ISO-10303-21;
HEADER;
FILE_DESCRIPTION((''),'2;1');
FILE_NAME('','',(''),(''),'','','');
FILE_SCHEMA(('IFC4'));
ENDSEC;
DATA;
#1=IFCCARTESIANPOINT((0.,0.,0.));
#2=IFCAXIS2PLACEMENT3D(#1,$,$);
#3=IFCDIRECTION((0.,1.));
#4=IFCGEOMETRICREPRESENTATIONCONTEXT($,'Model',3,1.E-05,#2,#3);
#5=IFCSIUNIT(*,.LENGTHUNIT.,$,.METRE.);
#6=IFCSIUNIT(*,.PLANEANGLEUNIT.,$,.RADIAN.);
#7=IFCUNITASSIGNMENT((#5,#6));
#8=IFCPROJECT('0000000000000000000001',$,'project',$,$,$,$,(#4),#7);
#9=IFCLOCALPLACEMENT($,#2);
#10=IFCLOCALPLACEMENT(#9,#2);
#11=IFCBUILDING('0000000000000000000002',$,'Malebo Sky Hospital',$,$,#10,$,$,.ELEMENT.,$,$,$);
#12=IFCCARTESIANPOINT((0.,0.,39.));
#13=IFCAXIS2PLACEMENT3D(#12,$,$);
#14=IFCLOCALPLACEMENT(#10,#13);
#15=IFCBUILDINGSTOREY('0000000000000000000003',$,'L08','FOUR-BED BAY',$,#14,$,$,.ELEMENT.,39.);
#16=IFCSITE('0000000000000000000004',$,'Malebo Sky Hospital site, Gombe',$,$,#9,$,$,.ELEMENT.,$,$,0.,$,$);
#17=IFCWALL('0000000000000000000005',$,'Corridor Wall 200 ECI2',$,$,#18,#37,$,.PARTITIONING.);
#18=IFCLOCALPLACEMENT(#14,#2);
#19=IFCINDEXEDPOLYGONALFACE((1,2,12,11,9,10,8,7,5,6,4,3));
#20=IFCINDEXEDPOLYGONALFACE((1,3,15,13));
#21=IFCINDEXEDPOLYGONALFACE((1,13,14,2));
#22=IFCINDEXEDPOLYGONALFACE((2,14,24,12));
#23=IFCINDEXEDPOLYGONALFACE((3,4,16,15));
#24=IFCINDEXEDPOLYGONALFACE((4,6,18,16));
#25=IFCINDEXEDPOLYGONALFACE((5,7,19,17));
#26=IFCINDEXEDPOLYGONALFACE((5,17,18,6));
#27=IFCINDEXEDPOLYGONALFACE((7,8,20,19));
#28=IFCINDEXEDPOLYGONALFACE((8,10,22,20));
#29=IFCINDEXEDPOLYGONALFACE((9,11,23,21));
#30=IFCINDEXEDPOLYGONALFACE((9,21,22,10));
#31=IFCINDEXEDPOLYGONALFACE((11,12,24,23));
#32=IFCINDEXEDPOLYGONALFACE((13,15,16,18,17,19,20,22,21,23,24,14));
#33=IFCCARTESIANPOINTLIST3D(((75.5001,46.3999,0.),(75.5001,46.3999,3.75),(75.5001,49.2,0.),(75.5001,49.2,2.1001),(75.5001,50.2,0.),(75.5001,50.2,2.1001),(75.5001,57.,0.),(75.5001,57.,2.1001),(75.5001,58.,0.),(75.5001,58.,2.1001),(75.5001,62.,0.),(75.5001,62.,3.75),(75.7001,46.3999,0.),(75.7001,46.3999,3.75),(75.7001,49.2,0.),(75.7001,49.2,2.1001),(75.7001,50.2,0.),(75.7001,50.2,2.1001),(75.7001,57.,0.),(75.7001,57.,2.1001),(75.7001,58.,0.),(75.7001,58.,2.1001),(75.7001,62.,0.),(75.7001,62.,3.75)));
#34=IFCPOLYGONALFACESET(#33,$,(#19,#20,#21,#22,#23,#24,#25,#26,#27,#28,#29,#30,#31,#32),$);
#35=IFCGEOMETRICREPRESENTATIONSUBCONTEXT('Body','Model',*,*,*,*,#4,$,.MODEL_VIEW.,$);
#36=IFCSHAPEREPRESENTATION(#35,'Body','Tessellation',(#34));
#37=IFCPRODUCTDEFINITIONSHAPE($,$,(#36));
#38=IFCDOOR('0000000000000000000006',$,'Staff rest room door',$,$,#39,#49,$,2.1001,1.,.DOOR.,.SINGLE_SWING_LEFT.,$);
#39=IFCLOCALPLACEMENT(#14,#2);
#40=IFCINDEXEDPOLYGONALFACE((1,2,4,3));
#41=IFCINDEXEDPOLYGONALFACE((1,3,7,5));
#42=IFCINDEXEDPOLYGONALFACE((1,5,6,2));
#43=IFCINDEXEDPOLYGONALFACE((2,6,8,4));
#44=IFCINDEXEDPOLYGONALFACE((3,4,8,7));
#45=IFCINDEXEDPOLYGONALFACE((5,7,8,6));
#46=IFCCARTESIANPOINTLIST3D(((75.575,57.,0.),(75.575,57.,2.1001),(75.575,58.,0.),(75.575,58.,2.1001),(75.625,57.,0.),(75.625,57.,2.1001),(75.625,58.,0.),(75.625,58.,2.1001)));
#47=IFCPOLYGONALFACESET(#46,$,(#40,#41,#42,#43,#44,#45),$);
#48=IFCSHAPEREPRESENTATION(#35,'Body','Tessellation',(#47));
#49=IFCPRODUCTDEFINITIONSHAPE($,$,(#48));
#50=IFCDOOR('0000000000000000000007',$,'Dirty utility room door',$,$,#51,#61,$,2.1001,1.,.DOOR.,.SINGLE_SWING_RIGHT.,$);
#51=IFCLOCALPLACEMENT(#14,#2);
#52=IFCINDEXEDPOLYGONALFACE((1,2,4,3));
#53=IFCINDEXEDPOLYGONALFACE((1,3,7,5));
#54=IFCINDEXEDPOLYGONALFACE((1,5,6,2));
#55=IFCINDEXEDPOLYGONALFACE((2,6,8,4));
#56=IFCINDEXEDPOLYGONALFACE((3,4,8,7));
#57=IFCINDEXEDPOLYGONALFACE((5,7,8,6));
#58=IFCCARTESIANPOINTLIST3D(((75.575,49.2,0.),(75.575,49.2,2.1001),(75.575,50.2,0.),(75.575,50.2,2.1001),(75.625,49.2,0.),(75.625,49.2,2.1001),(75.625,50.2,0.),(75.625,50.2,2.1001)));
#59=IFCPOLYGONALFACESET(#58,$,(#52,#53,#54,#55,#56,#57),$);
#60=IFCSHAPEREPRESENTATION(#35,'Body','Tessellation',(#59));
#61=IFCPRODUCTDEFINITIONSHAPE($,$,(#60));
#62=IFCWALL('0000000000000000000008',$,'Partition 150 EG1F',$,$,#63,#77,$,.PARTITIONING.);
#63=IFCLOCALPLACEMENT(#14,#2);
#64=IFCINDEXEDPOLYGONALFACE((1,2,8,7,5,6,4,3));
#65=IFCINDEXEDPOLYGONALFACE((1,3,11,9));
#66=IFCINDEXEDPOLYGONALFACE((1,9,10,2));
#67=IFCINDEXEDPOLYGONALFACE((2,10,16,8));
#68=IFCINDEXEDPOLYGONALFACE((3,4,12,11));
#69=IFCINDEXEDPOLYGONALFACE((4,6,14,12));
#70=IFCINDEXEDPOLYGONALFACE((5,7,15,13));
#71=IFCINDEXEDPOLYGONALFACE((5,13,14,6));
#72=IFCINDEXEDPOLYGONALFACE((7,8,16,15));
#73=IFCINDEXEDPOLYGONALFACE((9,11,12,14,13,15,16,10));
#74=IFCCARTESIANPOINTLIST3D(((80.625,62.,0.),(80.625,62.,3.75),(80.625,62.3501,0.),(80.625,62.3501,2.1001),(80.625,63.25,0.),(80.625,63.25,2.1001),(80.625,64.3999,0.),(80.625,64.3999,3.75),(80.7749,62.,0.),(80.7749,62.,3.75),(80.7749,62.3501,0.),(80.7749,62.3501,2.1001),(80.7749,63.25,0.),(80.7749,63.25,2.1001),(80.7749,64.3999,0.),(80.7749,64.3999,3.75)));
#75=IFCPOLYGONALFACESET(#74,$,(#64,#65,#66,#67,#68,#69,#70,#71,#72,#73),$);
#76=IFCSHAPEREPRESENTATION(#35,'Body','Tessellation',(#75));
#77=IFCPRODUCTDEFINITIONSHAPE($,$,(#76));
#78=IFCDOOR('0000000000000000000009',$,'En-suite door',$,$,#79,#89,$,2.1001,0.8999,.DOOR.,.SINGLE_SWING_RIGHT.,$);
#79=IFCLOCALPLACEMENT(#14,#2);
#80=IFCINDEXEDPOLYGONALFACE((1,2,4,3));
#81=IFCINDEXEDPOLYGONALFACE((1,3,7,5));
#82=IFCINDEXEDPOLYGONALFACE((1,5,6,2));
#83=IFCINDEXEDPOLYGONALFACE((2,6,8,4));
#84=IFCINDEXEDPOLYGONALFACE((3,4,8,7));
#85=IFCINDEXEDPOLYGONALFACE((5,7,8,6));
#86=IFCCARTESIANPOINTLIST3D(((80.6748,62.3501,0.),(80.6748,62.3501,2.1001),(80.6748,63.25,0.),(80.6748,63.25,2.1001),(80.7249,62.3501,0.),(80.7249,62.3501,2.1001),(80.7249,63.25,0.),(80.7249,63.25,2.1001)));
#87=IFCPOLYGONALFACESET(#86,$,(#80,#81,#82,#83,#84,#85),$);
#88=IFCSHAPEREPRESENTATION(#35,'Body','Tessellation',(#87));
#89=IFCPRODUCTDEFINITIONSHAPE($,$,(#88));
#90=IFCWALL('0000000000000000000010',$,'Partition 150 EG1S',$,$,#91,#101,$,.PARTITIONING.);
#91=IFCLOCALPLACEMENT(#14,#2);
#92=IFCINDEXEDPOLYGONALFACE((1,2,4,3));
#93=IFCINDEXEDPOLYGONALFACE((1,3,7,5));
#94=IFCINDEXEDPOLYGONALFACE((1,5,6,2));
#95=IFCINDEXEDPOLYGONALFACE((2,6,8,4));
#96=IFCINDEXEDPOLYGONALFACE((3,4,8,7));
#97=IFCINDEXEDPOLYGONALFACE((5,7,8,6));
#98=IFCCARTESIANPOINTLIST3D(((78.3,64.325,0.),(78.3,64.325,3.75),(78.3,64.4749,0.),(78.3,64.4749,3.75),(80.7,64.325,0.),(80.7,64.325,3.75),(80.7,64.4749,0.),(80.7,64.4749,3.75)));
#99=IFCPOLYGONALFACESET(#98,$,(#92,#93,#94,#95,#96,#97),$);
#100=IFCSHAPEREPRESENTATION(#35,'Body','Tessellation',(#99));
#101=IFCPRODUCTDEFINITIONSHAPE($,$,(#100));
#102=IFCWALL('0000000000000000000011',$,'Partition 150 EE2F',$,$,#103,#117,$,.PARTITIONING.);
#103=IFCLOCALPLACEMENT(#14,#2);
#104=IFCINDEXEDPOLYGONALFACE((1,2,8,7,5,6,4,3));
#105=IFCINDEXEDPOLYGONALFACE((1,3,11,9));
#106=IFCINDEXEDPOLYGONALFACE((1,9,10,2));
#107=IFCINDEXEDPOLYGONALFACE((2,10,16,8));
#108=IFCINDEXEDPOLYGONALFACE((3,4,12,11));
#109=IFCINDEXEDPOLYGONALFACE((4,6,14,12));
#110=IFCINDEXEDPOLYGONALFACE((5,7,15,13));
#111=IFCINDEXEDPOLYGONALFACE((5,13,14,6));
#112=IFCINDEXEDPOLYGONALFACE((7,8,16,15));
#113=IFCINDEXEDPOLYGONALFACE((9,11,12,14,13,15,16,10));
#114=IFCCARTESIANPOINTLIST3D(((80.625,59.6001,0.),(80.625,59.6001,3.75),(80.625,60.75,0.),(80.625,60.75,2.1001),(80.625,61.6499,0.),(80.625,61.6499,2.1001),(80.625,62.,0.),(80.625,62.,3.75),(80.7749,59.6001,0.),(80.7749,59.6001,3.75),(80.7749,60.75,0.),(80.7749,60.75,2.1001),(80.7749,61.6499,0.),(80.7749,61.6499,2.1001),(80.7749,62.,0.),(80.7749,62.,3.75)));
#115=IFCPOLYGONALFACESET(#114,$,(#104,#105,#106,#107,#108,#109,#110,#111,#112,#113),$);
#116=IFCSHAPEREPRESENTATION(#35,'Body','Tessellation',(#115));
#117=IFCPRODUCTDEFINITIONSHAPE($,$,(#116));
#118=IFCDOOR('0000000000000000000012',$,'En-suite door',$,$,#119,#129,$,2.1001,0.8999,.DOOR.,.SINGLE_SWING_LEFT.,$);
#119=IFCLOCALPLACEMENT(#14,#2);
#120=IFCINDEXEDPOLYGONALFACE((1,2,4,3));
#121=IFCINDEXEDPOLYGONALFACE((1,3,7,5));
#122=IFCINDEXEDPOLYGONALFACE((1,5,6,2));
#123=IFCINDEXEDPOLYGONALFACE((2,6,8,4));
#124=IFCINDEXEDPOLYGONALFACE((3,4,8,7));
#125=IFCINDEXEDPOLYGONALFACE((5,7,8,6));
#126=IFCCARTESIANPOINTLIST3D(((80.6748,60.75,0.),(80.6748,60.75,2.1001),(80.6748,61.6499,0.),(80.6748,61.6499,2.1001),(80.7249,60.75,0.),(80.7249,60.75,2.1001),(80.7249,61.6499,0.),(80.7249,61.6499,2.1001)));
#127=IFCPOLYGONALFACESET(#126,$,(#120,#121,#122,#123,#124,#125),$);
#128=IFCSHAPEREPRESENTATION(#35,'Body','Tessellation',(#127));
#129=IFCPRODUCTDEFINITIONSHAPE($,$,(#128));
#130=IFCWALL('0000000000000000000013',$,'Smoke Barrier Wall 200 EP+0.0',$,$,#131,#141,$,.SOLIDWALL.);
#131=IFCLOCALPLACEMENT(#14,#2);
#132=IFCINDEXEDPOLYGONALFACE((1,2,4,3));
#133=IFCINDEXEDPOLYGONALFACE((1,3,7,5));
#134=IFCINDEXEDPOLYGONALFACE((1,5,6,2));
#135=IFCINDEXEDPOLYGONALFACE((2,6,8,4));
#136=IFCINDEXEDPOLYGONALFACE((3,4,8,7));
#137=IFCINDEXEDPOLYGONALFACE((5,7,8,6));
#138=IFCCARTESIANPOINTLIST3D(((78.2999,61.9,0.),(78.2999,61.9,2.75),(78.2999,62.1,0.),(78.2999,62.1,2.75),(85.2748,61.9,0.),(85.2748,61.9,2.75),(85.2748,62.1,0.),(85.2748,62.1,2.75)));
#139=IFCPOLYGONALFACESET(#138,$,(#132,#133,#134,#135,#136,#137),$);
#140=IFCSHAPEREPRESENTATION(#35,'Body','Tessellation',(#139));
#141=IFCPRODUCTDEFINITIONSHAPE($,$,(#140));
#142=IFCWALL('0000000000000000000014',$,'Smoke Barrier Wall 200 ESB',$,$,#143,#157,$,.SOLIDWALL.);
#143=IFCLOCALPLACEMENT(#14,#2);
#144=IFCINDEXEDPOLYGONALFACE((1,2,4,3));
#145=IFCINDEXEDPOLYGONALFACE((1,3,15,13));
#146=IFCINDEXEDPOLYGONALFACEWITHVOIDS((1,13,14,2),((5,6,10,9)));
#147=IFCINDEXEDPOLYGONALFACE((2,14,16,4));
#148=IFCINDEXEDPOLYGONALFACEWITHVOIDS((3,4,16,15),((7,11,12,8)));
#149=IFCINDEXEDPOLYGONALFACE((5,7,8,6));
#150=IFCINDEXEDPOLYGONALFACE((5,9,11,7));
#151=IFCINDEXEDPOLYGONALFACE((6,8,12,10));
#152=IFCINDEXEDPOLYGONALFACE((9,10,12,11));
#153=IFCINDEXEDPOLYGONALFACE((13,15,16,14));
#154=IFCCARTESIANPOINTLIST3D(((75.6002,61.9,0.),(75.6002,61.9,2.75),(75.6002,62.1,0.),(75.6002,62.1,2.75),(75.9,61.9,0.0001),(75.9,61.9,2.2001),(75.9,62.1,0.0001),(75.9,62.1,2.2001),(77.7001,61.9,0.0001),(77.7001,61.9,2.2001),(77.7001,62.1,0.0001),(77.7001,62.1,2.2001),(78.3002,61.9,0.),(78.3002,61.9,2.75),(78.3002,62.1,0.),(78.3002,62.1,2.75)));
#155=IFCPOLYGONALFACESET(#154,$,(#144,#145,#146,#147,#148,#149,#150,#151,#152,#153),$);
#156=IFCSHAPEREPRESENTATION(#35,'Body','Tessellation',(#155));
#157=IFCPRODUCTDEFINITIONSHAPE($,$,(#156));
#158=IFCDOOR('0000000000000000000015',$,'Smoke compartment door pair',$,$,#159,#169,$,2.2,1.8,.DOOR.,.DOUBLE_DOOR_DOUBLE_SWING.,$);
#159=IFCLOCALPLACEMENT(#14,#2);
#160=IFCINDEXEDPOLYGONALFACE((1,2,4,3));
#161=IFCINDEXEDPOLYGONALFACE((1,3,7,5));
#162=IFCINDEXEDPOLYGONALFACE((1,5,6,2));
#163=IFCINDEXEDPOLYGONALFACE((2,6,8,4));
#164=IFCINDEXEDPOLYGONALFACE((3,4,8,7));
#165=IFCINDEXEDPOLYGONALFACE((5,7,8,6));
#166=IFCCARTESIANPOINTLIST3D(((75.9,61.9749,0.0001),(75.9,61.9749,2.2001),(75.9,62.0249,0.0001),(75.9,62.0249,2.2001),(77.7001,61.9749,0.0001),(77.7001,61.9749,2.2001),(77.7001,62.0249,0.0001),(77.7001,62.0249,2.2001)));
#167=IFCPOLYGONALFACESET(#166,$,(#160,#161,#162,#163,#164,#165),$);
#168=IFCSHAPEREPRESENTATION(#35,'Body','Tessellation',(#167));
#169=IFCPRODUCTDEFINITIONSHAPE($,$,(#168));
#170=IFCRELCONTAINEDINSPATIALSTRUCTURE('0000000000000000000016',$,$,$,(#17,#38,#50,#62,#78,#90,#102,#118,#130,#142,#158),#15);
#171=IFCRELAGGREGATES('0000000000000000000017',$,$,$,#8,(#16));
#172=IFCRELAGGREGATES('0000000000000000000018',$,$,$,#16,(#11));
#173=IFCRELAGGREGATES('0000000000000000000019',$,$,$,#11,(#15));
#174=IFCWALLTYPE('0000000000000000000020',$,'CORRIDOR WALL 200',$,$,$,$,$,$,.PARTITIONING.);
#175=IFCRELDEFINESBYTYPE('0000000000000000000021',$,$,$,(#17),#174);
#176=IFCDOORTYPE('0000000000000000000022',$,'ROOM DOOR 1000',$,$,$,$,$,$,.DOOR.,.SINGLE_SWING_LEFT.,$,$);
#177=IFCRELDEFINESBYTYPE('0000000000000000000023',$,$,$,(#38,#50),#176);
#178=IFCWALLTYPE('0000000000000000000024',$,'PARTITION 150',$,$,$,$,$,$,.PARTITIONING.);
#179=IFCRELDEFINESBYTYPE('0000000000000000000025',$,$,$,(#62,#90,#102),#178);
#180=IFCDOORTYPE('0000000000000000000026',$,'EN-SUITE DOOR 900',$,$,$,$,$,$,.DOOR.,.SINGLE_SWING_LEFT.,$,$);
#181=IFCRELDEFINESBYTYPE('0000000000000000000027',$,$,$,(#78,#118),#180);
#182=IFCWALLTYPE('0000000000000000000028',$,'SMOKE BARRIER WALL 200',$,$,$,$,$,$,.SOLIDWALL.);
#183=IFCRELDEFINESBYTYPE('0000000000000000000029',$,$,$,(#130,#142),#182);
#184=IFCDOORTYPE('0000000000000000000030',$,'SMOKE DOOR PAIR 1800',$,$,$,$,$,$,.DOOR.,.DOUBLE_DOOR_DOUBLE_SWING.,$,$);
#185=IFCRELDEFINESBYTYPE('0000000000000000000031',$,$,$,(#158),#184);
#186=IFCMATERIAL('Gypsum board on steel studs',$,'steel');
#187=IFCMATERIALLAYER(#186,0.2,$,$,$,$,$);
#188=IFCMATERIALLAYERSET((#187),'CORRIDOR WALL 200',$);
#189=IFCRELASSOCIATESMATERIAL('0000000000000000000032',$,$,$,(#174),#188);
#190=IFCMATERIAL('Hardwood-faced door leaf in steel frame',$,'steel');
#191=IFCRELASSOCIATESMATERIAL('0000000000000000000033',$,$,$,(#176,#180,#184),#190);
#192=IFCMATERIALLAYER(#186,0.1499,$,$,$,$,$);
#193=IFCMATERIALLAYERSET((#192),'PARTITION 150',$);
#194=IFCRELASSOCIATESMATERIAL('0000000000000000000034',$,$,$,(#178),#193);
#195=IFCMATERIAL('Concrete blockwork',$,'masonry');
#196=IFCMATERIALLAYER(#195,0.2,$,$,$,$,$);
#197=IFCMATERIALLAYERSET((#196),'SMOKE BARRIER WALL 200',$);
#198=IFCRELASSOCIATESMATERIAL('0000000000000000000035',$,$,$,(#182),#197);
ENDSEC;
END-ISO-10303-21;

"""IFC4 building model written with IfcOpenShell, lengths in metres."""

from ifc_helpers import new_model, si_unit, direction, frame, frame_2d, origin, place, context, subcontext, project, spatial, rectangle, extrude, material, layer, layer_set, type_object, element, fill, save


model = new_model("IFC4")

# Units and contexts
model_context = context("Model", 3, precision=1e-05, world=origin(), true_north=direction((0.0, 1.0)))
body_context = subcontext(model_context, "Body", "Model", "MODEL_VIEW")
ifc_project = project(units=[si_unit("LENGTHUNIT", "METRE"), si_unit("PLANEANGLEUNIT", "RADIAN")], contexts=[model_context])

# Site, building, storey
site_placement = place(None, origin())
site = spatial("IfcSite", under=ifc_project, at=site_placement, Name="Malebo Sky Hospital site, Gombe", CompositionType="ELEMENT", RefElevation=0.0)
building_placement = place(site_placement, origin())
building = spatial("IfcBuilding", under=site, at=building_placement, Name="Malebo Sky Hospital", CompositionType="ELEMENT")
storey_placement = place(building_placement, frame((0.0, 0.0, 39.0)))
storey = spatial("IfcBuildingStorey", under=building, at=storey_placement, Name="L08", Description="FOUR-BED BAY", CompositionType="ELEMENT", Elevation=39.0)

# Wall, openings, doors
ifc_material_1 = material(Name="Gypsum board on steel studs", Category="steel")
ifc_layer_1 = layer(ifc_material_1, 0.2)
ifc_layer_set_1 = layer_set([ifc_layer_1], Name="CORRIDOR WALL 200")
wall_type_1 = type_object("IfcWallType", Name="CORRIDOR WALL 200", PredefinedType="PARTITIONING", material=ifc_layer_set_1)
wall_1_placement = place(storey_placement, frame((75.6001, 62.0, 0.0), z_axis=(0.0, 0.0, 1.0), x_axis=(0.0, -1.0, 0.0)))
wall_1 = element("IfcWall", 1, at=wall_1_placement, inside=storey, type_object=wall_type_1, Name="Corridor Wall 200 ECI2", PredefinedType="PARTITIONING", context=body_context, shape_type="SweptSolid", body=[
    extrude(rectangle(XDim=15.6001, YDim=0.2, at=frame_2d((7.8, 0.0))), origin(), (0.0, 0.0, 1.0), 3.75),
])
opening_1_placement = place(wall_1_placement, frame((4.0, 0.0, 0.0)))
opening_1 = element("IfcOpeningElement", 2, at=opening_1_placement, cuts=wall_1, PredefinedType="OPENING", context=body_context, shape_type="SweptSolid", body=[
    extrude(rectangle(XDim=1.0, YDim=2.1001, at=frame_2d((0.5, 1.05))), frame((0.0, 0.1099, 0.0), z_axis=(0.0, -1.0, 0.0), x_axis=(1.0, 0.0, 0.0)), (0.0, 0.0, 1.0), 0.22),
])
opening_2_placement = place(wall_1_placement, frame((11.8, 0.0, 0.0)))
opening_2 = element("IfcOpeningElement", 3, at=opening_2_placement, cuts=wall_1, PredefinedType="OPENING", context=body_context, shape_type="SweptSolid", body=[
    extrude(rectangle(XDim=1.0, YDim=2.1001, at=frame_2d((0.5, 1.05))), frame((0.0, 0.1099, 0.0), z_axis=(0.0, -1.0, 0.0), x_axis=(1.0, 0.0, 0.0)), (0.0, 0.0, 1.0), 0.22),
])
ifc_material_2 = material(Name="Hardwood-faced door leaf in steel frame", Category="steel")
door_type_1 = type_object("IfcDoorType", Name="ROOM DOOR 1000", OperationType="SINGLE_SWING_LEFT", PredefinedType="DOOR", material=ifc_material_2)
door_1_placement = place(opening_1_placement, origin())
door_1 = element("IfcDoor", 4, at=door_1_placement, inside=storey, type_object=door_type_1, Name="Staff rest room door", OperationType="SINGLE_SWING_LEFT", OverallHeight=2.1001, OverallWidth=1.0, PredefinedType="DOOR", context=body_context, shape_type="SweptSolid", body=[
    extrude(rectangle(XDim=1.0, YDim=2.1001, at=frame_2d((0.5, 1.05))), frame((0.0, 0.0249, 0.0), z_axis=(0.0, -1.0, 0.0), x_axis=(1.0, 0.0, 0.0)), (0.0, 0.0, 1.0), 0.05),
])
fill(opening_1, door_1)
door_2_placement = place(opening_2_placement, origin())
door_2 = element("IfcDoor", 5, at=door_2_placement, inside=storey, type_object=door_type_1, Name="Dirty utility room door", OperationType="SINGLE_SWING_RIGHT", OverallHeight=2.1001, OverallWidth=1.0, PredefinedType="DOOR", context=body_context, shape_type="SweptSolid", body=[
    extrude(rectangle(XDim=1.0, YDim=2.1001, at=frame_2d((0.5, 1.05))), frame((0.0, 0.0249, 0.0), z_axis=(0.0, -1.0, 0.0), x_axis=(1.0, 0.0, 0.0)), (0.0, 0.0, 1.0), 0.05),
])
fill(opening_2, door_2)

# Wall, opening, door
ifc_layer_2 = layer(ifc_material_1, 0.1499)
ifc_layer_set_2 = layer_set([ifc_layer_2], Name="PARTITION 150")
wall_type_2 = type_object("IfcWallType", Name="PARTITION 150", PredefinedType="PARTITIONING", material=ifc_layer_set_2)
wall_2_placement = place(storey_placement, frame((80.7, 64.3999, 0.0), z_axis=(0.0, 0.0, 1.0), x_axis=(0.0, -1.0, 0.0)))
wall_2 = element("IfcWall", 6, at=wall_2_placement, inside=storey, type_object=wall_type_2, Name="Partition 150 EG1F", PredefinedType="PARTITIONING", context=body_context, shape_type="SweptSolid", body=[
    extrude(rectangle(XDim=2.3999, YDim=0.1499, at=frame_2d((1.2, 0.0))), origin(), (0.0, 0.0, 1.0), 3.75),
])
opening_3_placement = place(wall_2_placement, frame((1.1499, 0.0, 0.0)))
opening_3 = element("IfcOpeningElement", 7, at=opening_3_placement, cuts=wall_2, PredefinedType="OPENING", context=body_context, shape_type="SweptSolid", body=[
    extrude(rectangle(XDim=0.8999, YDim=2.1001, at=frame_2d((0.45, 1.05))), frame((0.0, 0.085, 0.0), z_axis=(0.0, -1.0, 0.0), x_axis=(1.0, 0.0, 0.0)), (0.0, 0.0, 1.0), 0.1699),
])
door_type_2 = type_object("IfcDoorType", Name="EN-SUITE DOOR 900", OperationType="SINGLE_SWING_LEFT", PredefinedType="DOOR", material=ifc_material_2)
door_3_placement = place(opening_3_placement, origin())
door_3 = element("IfcDoor", 8, at=door_3_placement, inside=storey, type_object=door_type_2, Name="En-suite door", OperationType="SINGLE_SWING_RIGHT", OverallHeight=2.1001, OverallWidth=0.8999, PredefinedType="DOOR", context=body_context, shape_type="SweptSolid", body=[
    extrude(rectangle(XDim=0.8999, YDim=2.1001, at=frame_2d((0.45, 1.05))), frame((0.0, 0.0249, 0.0), z_axis=(0.0, -1.0, 0.0), x_axis=(1.0, 0.0, 0.0)), (0.0, 0.0, 1.0), 0.05),
])
fill(opening_3, door_3)

# Wall
wall_3_placement = place(storey_placement, frame((78.3, 64.3999, 0.0), z_axis=(0.0, 0.0, 1.0), x_axis=(1.0, 0.0, 0.0)))
element("IfcWall", 9, at=wall_3_placement, inside=storey, type_object=wall_type_2, Name="Partition 150 EG1S", PredefinedType="PARTITIONING", context=body_context, shape_type="SweptSolid", body=[
    extrude(rectangle(XDim=2.3999, YDim=0.1499, at=frame_2d((1.2, 0.0))), origin(), (0.0, 0.0, 1.0), 3.75),
])

# Wall, opening, door
wall_4_placement = place(storey_placement, frame((80.7, 62.0, 0.0), z_axis=(0.0, 0.0, 1.0), x_axis=(0.0, -1.0, 0.0)))
wall_4 = element("IfcWall", 10, at=wall_4_placement, inside=storey, type_object=wall_type_2, Name="Partition 150 EE2F", PredefinedType="PARTITIONING", context=body_context, shape_type="SweptSolid", body=[
    extrude(rectangle(XDim=2.3999, YDim=0.1499, at=frame_2d((1.2, 0.0))), origin(), (0.0, 0.0, 1.0), 3.75),
])
opening_4_placement = place(wall_4_placement, frame((0.3501, 0.0, 0.0)))
opening_4 = element("IfcOpeningElement", 11, at=opening_4_placement, cuts=wall_4, PredefinedType="OPENING", context=body_context, shape_type="SweptSolid", body=[
    extrude(rectangle(XDim=0.8999, YDim=2.1001, at=frame_2d((0.45, 1.05))), frame((0.0, 0.085, 0.0), z_axis=(0.0, -1.0, 0.0), x_axis=(1.0, 0.0, 0.0)), (0.0, 0.0, 1.0), 0.1699),
])
door_4_placement = place(opening_4_placement, origin())
door_4 = element("IfcDoor", 12, at=door_4_placement, inside=storey, type_object=door_type_2, Name="En-suite door", OperationType="SINGLE_SWING_LEFT", OverallHeight=2.1001, OverallWidth=0.8999, PredefinedType="DOOR", context=body_context, shape_type="SweptSolid", body=[
    extrude(rectangle(XDim=0.8999, YDim=2.1001, at=frame_2d((0.45, 1.05))), frame((0.0, 0.0249, 0.0), z_axis=(0.0, -1.0, 0.0), x_axis=(1.0, 0.0, 0.0)), (0.0, 0.0, 1.0), 0.05),
])
fill(opening_4, door_4)

# Wall
ifc_material_3 = material(Name="Concrete blockwork", Category="masonry")
ifc_layer_3 = layer(ifc_material_3, 0.2)
ifc_layer_set_3 = layer_set([ifc_layer_3], Name="SMOKE BARRIER WALL 200")
wall_type_3 = type_object("IfcWallType", Name="SMOKE BARRIER WALL 200", PredefinedType="SOLIDWALL", material=ifc_layer_set_3)
wall_5_placement = place(storey_placement, frame((78.3, 62.0, 0.0), z_axis=(0.0, 0.0, 1.0), x_axis=(1.0, 0.0, 0.0)))
element("IfcWall", 13, at=wall_5_placement, inside=storey, type_object=wall_type_3, Name="Smoke Barrier Wall 200 EP+0.0", PredefinedType="SOLIDWALL", context=body_context, shape_type="SweptSolid", body=[
    extrude(rectangle(XDim=6.9749, YDim=0.2, at=frame_2d((3.4873, 0.0))), origin(), (0.0, 0.0, 1.0), 2.75),
])

# Wall, opening, door
wall_6_placement = place(storey_placement, frame((75.6001, 62.0, 0.0), z_axis=(0.0, 0.0, 1.0), x_axis=(1.0, 0.0, 0.0)))
wall_6 = element("IfcWall", 14, at=wall_6_placement, inside=storey, type_object=wall_type_3, Name="Smoke Barrier Wall 200 ESB", PredefinedType="SOLIDWALL", context=body_context, shape_type="SweptSolid", body=[
    extrude(rectangle(XDim=2.7, YDim=0.2, at=frame_2d((1.3501, 0.0))), origin(), (0.0, 0.0, 1.0), 2.75),
])
opening_5_placement = place(wall_6_placement, frame((0.3, 0.0, 0.0)))
opening_5 = element("IfcOpeningElement", 15, at=opening_5_placement, cuts=wall_6, PredefinedType="OPENING", context=body_context, shape_type="SweptSolid", body=[
    extrude(rectangle(XDim=1.8, YDim=2.2, at=frame_2d((0.8999, 1.1001))), frame((0.0, 0.1099, 0.0), z_axis=(0.0, -1.0, 0.0), x_axis=(1.0, 0.0, 0.0)), (0.0, 0.0, 1.0), 0.22),
])
door_type_3 = type_object("IfcDoorType", Name="SMOKE DOOR PAIR 1800", OperationType="DOUBLE_DOOR_DOUBLE_SWING", PredefinedType="DOOR", material=ifc_material_2)
door_5_placement = place(opening_5_placement, origin())
door_5 = element("IfcDoor", 16, at=door_5_placement, inside=storey, type_object=door_type_3, Name="Smoke compartment door pair", OperationType="DOUBLE_DOOR_DOUBLE_SWING", OverallHeight=2.2, OverallWidth=1.8, PredefinedType="DOOR", context=body_context, shape_type="SweptSolid", body=[
    extrude(rectangle(XDim=1.8, YDim=2.2, at=frame_2d((0.8999, 1.1001))), frame((0.0, 0.0249, 0.0), z_axis=(0.0, -1.0, 0.0), x_axis=(1.0, 0.0, 0.0)), (0.0, 0.0, 1.0), 0.05),
])
fill(opening_5, door_5)

save(model, "model.ifc")
